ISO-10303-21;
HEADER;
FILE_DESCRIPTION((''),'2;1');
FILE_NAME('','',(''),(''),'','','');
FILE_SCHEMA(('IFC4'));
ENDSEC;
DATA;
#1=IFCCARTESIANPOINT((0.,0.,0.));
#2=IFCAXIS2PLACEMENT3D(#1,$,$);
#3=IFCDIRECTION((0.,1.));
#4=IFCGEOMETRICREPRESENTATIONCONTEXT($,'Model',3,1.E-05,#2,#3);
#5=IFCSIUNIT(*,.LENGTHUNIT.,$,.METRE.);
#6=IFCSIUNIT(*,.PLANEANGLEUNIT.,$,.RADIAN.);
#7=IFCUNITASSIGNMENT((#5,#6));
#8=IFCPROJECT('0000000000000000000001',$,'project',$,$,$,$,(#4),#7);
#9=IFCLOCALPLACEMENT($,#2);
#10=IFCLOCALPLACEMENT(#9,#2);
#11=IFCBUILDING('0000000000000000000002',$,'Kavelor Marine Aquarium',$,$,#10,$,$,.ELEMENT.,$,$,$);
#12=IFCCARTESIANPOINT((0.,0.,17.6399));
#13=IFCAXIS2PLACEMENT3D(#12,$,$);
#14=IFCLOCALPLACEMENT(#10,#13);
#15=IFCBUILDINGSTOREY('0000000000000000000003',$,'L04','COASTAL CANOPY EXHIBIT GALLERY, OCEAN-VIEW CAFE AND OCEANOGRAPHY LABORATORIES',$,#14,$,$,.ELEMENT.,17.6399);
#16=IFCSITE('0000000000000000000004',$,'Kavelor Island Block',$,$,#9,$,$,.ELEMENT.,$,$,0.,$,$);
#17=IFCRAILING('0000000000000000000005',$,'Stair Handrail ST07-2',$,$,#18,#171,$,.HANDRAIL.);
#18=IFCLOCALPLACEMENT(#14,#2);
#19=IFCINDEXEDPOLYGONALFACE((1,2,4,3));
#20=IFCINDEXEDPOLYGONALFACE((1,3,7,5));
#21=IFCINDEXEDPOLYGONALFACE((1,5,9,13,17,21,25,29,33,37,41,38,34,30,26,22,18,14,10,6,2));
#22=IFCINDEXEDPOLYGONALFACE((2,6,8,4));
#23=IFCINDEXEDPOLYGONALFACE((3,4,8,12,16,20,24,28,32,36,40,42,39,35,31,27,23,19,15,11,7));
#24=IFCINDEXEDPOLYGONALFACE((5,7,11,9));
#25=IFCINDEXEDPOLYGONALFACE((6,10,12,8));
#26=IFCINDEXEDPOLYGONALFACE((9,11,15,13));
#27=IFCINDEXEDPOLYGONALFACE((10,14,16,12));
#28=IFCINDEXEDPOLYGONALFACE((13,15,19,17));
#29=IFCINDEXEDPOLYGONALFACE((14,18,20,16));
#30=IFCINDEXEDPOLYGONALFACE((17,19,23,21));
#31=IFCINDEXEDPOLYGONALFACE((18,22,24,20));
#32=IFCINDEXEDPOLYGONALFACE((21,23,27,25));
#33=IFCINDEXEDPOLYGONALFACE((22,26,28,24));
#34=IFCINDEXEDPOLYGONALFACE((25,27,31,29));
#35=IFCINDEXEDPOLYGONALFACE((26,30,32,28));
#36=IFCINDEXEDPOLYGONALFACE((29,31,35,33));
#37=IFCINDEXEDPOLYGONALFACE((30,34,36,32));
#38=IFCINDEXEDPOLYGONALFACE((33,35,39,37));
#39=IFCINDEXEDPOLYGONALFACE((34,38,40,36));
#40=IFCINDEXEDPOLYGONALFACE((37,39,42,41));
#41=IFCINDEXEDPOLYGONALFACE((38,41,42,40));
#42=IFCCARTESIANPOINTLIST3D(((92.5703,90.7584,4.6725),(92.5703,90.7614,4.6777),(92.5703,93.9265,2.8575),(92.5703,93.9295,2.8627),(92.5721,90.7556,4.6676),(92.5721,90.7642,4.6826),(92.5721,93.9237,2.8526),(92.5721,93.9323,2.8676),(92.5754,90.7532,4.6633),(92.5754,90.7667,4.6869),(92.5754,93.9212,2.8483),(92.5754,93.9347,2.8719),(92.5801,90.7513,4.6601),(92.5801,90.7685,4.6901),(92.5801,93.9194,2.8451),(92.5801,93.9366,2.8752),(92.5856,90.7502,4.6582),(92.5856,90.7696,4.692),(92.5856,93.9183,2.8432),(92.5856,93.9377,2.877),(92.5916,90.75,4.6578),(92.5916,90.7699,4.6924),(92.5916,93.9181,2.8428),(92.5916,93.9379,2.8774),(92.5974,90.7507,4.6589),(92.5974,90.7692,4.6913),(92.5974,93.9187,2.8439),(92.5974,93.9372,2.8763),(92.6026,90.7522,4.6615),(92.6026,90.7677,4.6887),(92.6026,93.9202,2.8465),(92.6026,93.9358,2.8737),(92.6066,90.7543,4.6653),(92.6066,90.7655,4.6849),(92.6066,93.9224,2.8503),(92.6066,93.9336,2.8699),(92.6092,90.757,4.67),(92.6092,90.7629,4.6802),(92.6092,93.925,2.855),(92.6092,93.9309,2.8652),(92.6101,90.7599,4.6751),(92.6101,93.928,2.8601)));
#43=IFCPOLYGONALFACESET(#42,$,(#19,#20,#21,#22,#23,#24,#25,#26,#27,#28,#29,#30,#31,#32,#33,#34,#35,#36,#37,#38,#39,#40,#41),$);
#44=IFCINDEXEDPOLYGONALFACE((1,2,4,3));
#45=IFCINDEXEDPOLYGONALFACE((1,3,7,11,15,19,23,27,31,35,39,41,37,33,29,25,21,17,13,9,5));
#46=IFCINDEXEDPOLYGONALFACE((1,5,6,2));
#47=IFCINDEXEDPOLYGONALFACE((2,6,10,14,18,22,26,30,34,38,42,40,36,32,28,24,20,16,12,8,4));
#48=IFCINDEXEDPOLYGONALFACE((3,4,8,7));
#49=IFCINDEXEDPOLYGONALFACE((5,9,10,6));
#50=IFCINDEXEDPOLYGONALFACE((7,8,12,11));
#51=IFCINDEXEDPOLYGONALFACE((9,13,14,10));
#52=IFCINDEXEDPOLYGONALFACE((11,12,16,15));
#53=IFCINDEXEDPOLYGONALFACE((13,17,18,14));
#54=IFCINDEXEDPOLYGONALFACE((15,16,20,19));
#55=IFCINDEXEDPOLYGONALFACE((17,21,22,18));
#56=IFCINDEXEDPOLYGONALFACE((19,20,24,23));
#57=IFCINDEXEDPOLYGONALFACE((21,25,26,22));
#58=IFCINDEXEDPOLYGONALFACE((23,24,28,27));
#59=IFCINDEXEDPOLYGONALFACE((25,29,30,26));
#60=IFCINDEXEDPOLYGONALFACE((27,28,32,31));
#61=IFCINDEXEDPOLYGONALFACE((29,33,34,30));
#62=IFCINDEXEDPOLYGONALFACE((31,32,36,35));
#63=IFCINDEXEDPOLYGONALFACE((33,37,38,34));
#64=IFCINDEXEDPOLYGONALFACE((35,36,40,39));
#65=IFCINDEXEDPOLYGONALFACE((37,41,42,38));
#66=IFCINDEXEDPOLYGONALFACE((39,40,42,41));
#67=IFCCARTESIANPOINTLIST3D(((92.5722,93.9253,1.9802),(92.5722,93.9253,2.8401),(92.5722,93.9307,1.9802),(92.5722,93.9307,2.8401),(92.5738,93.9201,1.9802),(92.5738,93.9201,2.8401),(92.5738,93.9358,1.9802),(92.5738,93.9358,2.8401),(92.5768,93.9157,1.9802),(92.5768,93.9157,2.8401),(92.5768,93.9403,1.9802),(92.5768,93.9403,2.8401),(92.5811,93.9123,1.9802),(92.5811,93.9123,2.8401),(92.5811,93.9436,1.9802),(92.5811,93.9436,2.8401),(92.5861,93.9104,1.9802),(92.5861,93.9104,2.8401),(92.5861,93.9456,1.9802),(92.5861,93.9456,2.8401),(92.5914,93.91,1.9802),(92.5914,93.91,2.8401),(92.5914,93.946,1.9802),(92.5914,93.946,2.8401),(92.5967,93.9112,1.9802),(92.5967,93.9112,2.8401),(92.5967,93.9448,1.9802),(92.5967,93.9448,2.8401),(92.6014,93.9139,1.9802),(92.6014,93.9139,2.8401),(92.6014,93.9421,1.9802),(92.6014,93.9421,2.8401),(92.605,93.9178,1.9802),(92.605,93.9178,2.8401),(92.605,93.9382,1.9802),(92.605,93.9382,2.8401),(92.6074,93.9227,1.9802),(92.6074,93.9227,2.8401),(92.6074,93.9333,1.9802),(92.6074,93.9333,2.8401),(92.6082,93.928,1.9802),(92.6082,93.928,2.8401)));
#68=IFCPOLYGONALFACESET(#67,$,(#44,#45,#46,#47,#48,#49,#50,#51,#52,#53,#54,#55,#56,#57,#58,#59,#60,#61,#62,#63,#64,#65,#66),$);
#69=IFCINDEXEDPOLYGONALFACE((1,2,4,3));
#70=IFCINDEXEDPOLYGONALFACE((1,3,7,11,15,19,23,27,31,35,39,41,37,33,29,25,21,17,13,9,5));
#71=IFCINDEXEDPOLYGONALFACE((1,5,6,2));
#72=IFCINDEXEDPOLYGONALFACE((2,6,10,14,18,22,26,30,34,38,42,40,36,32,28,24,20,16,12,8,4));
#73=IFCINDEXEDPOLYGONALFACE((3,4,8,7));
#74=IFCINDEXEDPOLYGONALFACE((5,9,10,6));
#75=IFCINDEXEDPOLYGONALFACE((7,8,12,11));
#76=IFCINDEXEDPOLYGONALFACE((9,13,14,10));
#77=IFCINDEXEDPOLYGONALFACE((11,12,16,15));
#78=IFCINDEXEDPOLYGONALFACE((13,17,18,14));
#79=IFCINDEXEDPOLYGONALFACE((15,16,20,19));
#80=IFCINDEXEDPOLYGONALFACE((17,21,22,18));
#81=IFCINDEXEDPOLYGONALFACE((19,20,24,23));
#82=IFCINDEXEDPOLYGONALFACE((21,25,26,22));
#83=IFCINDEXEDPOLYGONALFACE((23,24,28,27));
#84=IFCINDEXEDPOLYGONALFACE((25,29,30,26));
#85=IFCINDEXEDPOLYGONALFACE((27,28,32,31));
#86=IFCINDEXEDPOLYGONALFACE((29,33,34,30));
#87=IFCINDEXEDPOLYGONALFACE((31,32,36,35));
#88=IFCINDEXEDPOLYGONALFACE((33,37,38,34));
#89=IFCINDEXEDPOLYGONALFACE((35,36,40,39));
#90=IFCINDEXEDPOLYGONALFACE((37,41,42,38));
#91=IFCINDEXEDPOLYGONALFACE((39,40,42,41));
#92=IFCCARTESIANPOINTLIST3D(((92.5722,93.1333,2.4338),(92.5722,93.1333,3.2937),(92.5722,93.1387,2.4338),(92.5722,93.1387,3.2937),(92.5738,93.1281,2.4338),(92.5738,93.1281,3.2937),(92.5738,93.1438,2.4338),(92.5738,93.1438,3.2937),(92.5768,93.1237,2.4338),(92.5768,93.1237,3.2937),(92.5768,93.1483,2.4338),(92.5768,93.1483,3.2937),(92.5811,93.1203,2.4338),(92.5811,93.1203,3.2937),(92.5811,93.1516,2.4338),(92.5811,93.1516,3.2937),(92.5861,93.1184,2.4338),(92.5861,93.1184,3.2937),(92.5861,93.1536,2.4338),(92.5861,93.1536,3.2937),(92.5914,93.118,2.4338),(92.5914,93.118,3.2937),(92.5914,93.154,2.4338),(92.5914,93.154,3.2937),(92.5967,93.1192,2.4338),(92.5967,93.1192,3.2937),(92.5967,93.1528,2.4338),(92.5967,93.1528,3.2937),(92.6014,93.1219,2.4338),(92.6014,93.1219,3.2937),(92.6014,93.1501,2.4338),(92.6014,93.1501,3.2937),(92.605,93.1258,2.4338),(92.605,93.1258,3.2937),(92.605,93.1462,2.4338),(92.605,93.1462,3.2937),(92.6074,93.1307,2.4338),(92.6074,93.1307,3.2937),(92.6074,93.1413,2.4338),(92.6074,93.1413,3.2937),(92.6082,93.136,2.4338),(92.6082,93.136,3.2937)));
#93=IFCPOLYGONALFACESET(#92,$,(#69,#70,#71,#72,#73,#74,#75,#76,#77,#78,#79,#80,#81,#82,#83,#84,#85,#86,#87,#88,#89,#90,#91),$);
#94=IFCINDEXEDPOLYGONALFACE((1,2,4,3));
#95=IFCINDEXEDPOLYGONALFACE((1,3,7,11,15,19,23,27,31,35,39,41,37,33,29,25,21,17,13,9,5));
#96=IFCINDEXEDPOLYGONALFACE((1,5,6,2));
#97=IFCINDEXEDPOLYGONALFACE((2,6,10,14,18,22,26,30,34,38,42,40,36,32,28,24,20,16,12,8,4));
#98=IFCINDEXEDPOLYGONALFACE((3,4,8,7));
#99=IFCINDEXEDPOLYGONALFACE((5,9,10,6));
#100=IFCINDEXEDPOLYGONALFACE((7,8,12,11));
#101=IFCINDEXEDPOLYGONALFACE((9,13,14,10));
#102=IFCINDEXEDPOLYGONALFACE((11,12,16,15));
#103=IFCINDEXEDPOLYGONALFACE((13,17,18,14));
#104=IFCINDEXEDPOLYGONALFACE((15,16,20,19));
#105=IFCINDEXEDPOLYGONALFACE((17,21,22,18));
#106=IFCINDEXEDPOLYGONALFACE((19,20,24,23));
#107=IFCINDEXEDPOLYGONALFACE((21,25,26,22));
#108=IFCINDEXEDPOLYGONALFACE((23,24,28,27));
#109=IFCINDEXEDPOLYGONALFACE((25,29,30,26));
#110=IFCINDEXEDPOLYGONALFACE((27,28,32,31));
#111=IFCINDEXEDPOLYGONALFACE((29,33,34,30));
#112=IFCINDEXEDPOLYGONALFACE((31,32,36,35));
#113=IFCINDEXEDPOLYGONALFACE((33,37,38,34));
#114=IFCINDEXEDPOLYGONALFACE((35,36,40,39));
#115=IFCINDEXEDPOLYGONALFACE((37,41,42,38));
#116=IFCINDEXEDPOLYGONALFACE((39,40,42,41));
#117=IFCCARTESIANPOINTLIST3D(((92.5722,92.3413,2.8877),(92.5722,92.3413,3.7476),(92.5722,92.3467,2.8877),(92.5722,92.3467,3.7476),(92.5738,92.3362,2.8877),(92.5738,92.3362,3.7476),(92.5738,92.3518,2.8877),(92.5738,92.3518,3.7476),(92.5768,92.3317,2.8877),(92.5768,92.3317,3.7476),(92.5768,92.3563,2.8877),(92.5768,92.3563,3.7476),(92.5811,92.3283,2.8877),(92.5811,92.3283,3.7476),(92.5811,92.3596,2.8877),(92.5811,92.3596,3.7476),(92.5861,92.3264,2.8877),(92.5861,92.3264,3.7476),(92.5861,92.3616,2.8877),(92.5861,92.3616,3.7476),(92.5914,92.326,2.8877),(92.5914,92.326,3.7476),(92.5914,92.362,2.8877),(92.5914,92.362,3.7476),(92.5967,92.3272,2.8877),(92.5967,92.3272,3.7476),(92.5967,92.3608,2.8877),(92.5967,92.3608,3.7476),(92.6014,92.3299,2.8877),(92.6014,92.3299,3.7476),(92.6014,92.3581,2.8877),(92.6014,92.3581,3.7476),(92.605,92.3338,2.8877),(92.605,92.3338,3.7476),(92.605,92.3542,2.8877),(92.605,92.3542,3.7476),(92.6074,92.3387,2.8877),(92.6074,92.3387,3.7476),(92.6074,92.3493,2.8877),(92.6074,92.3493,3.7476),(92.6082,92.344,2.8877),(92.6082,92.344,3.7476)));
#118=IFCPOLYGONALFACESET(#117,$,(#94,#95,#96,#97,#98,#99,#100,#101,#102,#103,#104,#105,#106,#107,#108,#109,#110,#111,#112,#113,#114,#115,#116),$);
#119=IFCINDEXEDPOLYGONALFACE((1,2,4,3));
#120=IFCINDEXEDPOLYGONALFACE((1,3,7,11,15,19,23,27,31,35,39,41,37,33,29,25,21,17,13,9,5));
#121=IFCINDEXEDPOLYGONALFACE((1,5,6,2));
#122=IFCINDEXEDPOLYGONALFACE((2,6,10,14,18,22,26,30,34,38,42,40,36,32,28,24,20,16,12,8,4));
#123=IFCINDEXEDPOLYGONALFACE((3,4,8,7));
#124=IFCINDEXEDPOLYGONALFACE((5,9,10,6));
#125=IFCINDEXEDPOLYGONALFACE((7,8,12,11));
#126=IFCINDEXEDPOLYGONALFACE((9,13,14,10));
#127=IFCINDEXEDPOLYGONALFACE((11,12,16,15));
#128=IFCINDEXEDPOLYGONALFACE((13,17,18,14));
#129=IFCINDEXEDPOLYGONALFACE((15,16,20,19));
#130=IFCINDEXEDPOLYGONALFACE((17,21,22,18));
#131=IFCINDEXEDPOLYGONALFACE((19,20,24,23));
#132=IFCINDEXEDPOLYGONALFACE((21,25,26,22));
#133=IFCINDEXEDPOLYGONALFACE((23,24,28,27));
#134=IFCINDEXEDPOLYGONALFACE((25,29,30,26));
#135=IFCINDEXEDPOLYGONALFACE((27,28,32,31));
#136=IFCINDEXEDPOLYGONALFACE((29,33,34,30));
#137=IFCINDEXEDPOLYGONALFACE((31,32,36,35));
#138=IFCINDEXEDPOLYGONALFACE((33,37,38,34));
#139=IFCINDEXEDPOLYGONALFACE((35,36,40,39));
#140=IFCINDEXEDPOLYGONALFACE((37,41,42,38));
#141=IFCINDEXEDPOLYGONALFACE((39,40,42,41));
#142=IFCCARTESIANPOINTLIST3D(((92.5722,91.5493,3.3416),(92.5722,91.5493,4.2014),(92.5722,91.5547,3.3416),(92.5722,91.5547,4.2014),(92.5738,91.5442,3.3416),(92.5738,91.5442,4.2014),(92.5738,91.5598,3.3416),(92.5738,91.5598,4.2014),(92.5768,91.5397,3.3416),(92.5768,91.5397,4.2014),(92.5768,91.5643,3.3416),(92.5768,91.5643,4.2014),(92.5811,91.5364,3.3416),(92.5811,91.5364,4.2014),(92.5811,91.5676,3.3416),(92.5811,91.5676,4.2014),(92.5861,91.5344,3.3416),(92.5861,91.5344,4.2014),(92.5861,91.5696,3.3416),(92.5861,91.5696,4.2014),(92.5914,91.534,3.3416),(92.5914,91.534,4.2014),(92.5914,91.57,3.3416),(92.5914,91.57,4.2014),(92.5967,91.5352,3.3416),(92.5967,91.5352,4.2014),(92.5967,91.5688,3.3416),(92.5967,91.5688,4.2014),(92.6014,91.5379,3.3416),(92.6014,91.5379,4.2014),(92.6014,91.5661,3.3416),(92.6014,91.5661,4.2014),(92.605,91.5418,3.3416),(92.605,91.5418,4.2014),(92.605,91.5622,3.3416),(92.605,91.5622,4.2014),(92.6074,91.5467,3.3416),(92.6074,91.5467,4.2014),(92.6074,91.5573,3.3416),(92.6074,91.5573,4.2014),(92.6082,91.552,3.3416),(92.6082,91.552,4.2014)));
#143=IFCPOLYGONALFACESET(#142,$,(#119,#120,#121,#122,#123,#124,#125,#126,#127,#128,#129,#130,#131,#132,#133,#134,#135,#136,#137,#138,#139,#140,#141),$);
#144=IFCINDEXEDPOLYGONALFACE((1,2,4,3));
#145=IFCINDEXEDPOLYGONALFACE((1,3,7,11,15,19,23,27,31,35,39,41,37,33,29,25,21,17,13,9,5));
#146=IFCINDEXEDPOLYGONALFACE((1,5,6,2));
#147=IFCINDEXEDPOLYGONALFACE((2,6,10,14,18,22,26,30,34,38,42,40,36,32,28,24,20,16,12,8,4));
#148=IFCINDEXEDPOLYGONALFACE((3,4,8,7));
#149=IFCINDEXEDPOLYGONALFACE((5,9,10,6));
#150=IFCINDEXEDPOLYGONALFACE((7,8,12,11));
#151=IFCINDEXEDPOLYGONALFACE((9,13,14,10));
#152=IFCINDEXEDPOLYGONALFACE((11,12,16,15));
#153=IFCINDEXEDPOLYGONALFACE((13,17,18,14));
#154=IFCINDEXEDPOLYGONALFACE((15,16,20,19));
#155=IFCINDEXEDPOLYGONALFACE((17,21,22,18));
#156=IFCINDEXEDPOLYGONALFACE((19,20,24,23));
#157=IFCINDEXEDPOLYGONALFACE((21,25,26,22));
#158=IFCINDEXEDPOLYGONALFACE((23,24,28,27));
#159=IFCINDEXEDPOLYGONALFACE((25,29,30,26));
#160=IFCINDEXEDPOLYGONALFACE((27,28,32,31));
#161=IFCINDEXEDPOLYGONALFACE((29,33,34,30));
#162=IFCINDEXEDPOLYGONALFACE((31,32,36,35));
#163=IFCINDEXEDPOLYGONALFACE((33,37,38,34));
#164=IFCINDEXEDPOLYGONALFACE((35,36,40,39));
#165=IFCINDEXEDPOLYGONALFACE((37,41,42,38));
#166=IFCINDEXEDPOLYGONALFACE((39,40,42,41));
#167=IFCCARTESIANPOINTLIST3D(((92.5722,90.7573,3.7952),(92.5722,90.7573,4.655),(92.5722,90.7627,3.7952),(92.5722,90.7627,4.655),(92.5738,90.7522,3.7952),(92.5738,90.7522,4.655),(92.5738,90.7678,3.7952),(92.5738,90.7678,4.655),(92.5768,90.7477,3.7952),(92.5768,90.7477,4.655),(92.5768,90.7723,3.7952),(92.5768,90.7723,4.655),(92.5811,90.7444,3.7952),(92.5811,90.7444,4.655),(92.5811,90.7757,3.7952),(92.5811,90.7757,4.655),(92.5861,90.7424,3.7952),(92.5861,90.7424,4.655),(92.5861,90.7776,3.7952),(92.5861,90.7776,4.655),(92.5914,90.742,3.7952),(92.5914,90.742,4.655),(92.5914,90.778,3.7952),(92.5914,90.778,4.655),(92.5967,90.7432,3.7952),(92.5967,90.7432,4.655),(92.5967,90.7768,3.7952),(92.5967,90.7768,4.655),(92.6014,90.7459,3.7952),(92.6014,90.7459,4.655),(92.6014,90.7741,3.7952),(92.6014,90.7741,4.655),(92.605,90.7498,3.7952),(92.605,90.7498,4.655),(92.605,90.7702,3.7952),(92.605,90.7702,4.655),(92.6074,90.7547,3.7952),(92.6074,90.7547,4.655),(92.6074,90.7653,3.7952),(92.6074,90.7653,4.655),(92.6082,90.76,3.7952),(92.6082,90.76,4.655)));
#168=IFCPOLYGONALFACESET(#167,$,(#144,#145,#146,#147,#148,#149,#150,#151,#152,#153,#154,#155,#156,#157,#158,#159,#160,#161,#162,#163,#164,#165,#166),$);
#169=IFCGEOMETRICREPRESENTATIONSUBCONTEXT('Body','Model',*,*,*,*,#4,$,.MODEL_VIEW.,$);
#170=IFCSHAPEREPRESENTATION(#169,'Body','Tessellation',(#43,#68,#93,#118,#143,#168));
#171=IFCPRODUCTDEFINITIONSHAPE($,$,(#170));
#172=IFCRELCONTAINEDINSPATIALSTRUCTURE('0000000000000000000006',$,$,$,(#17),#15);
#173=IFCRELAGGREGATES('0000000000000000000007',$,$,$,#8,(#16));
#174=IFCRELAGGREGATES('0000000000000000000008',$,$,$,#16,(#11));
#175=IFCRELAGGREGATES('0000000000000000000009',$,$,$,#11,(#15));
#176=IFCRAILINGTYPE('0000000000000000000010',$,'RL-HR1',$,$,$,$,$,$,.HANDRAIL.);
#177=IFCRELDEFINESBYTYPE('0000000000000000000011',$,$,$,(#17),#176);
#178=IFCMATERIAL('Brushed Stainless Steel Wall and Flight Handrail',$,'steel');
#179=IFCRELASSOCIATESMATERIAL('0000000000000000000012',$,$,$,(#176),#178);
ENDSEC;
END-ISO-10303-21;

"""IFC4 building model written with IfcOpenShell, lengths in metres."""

from ifc_helpers import new_model, si_unit, direction, frame, origin, origin_2d, place, context, subcontext, project, spatial, circle, extrude, material, type_object, element, save


model = new_model("IFC4")

# Units and contexts
model_context = context("Model", 3, precision=1e-05, world=origin(), true_north=direction((0.0, 1.0)))
body_context = subcontext(model_context, "Body", "Model", "MODEL_VIEW")
ifc_project = project(units=[si_unit("LENGTHUNIT", "METRE"), si_unit("PLANEANGLEUNIT", "RADIAN")], contexts=[model_context])

# Site, building, storey
site_placement = place(None, origin())
site = spatial("IfcSite", under=ifc_project, at=site_placement, Name="Kavelor Island Block", CompositionType="ELEMENT", RefElevation=0.0)
building_placement = place(site_placement, origin())
building = spatial("IfcBuilding", under=site, at=building_placement, Name="Kavelor Marine Aquarium", CompositionType="ELEMENT")
storey_placement = place(building_placement, frame((0.0, 0.0, 17.6399)))
storey = spatial("IfcBuildingStorey", under=building, at=storey_placement, Name="L04", Description="COASTAL CANOPY EXHIBIT GALLERY, OCEAN-VIEW CAFE AND OCEANOGRAPHY LABORATORIES", CompositionType="ELEMENT", Elevation=17.6399)

# Railing
ifc_material_1 = material(Name="Brushed Stainless Steel Wall and Flight Handrail", Category="steel")
railing_type_1 = type_object("IfcRailingType", Name="RL-HR1", PredefinedType="HANDRAIL", material=ifc_material_1)
railing_1_placement = place(storey_placement, frame((92.5901, 93.928, 1.9802)))
element("IfcRailing", 1, at=railing_1_placement, inside=storey, type_object=railing_type_1, Name="Stair Handrail ST07-2", PredefinedType="HANDRAIL", context=body_context, shape_type="SweptSolid", body=[
    extrude(circle(Radius=0.02, at=origin_2d()), frame((0.0, 0.0, 0.8799), z_axis=(0.0, -0.867691, 0.497104), x_axis=(1.0, 0.0, 0.0)), (0.0, 0.0, 1.0), 3.6511),
    extrude(circle(Radius=0.0181, at=origin_2d()), origin(), (0.0, 0.0, 1.0), 0.8599),
    extrude(circle(Radius=0.0181, at=origin_2d()), frame((0.0, -0.792, 0.4536)), (0.0, 0.0, 1.0), 0.8599),
    extrude(circle(Radius=0.0181, at=origin_2d()), frame((0.0, -1.584, 0.9075)), (0.0, 0.0, 1.0), 0.8599),
    extrude(circle(Radius=0.0181, at=origin_2d()), frame((0.0, -2.376, 1.3613)), (0.0, 0.0, 1.0), 0.8599),
    extrude(circle(Radius=0.0181, at=origin_2d()), frame((0.0, -3.168, 1.8149)), (0.0, 0.0, 1.0), 0.8599),
])

save(model, "model.ifc")
